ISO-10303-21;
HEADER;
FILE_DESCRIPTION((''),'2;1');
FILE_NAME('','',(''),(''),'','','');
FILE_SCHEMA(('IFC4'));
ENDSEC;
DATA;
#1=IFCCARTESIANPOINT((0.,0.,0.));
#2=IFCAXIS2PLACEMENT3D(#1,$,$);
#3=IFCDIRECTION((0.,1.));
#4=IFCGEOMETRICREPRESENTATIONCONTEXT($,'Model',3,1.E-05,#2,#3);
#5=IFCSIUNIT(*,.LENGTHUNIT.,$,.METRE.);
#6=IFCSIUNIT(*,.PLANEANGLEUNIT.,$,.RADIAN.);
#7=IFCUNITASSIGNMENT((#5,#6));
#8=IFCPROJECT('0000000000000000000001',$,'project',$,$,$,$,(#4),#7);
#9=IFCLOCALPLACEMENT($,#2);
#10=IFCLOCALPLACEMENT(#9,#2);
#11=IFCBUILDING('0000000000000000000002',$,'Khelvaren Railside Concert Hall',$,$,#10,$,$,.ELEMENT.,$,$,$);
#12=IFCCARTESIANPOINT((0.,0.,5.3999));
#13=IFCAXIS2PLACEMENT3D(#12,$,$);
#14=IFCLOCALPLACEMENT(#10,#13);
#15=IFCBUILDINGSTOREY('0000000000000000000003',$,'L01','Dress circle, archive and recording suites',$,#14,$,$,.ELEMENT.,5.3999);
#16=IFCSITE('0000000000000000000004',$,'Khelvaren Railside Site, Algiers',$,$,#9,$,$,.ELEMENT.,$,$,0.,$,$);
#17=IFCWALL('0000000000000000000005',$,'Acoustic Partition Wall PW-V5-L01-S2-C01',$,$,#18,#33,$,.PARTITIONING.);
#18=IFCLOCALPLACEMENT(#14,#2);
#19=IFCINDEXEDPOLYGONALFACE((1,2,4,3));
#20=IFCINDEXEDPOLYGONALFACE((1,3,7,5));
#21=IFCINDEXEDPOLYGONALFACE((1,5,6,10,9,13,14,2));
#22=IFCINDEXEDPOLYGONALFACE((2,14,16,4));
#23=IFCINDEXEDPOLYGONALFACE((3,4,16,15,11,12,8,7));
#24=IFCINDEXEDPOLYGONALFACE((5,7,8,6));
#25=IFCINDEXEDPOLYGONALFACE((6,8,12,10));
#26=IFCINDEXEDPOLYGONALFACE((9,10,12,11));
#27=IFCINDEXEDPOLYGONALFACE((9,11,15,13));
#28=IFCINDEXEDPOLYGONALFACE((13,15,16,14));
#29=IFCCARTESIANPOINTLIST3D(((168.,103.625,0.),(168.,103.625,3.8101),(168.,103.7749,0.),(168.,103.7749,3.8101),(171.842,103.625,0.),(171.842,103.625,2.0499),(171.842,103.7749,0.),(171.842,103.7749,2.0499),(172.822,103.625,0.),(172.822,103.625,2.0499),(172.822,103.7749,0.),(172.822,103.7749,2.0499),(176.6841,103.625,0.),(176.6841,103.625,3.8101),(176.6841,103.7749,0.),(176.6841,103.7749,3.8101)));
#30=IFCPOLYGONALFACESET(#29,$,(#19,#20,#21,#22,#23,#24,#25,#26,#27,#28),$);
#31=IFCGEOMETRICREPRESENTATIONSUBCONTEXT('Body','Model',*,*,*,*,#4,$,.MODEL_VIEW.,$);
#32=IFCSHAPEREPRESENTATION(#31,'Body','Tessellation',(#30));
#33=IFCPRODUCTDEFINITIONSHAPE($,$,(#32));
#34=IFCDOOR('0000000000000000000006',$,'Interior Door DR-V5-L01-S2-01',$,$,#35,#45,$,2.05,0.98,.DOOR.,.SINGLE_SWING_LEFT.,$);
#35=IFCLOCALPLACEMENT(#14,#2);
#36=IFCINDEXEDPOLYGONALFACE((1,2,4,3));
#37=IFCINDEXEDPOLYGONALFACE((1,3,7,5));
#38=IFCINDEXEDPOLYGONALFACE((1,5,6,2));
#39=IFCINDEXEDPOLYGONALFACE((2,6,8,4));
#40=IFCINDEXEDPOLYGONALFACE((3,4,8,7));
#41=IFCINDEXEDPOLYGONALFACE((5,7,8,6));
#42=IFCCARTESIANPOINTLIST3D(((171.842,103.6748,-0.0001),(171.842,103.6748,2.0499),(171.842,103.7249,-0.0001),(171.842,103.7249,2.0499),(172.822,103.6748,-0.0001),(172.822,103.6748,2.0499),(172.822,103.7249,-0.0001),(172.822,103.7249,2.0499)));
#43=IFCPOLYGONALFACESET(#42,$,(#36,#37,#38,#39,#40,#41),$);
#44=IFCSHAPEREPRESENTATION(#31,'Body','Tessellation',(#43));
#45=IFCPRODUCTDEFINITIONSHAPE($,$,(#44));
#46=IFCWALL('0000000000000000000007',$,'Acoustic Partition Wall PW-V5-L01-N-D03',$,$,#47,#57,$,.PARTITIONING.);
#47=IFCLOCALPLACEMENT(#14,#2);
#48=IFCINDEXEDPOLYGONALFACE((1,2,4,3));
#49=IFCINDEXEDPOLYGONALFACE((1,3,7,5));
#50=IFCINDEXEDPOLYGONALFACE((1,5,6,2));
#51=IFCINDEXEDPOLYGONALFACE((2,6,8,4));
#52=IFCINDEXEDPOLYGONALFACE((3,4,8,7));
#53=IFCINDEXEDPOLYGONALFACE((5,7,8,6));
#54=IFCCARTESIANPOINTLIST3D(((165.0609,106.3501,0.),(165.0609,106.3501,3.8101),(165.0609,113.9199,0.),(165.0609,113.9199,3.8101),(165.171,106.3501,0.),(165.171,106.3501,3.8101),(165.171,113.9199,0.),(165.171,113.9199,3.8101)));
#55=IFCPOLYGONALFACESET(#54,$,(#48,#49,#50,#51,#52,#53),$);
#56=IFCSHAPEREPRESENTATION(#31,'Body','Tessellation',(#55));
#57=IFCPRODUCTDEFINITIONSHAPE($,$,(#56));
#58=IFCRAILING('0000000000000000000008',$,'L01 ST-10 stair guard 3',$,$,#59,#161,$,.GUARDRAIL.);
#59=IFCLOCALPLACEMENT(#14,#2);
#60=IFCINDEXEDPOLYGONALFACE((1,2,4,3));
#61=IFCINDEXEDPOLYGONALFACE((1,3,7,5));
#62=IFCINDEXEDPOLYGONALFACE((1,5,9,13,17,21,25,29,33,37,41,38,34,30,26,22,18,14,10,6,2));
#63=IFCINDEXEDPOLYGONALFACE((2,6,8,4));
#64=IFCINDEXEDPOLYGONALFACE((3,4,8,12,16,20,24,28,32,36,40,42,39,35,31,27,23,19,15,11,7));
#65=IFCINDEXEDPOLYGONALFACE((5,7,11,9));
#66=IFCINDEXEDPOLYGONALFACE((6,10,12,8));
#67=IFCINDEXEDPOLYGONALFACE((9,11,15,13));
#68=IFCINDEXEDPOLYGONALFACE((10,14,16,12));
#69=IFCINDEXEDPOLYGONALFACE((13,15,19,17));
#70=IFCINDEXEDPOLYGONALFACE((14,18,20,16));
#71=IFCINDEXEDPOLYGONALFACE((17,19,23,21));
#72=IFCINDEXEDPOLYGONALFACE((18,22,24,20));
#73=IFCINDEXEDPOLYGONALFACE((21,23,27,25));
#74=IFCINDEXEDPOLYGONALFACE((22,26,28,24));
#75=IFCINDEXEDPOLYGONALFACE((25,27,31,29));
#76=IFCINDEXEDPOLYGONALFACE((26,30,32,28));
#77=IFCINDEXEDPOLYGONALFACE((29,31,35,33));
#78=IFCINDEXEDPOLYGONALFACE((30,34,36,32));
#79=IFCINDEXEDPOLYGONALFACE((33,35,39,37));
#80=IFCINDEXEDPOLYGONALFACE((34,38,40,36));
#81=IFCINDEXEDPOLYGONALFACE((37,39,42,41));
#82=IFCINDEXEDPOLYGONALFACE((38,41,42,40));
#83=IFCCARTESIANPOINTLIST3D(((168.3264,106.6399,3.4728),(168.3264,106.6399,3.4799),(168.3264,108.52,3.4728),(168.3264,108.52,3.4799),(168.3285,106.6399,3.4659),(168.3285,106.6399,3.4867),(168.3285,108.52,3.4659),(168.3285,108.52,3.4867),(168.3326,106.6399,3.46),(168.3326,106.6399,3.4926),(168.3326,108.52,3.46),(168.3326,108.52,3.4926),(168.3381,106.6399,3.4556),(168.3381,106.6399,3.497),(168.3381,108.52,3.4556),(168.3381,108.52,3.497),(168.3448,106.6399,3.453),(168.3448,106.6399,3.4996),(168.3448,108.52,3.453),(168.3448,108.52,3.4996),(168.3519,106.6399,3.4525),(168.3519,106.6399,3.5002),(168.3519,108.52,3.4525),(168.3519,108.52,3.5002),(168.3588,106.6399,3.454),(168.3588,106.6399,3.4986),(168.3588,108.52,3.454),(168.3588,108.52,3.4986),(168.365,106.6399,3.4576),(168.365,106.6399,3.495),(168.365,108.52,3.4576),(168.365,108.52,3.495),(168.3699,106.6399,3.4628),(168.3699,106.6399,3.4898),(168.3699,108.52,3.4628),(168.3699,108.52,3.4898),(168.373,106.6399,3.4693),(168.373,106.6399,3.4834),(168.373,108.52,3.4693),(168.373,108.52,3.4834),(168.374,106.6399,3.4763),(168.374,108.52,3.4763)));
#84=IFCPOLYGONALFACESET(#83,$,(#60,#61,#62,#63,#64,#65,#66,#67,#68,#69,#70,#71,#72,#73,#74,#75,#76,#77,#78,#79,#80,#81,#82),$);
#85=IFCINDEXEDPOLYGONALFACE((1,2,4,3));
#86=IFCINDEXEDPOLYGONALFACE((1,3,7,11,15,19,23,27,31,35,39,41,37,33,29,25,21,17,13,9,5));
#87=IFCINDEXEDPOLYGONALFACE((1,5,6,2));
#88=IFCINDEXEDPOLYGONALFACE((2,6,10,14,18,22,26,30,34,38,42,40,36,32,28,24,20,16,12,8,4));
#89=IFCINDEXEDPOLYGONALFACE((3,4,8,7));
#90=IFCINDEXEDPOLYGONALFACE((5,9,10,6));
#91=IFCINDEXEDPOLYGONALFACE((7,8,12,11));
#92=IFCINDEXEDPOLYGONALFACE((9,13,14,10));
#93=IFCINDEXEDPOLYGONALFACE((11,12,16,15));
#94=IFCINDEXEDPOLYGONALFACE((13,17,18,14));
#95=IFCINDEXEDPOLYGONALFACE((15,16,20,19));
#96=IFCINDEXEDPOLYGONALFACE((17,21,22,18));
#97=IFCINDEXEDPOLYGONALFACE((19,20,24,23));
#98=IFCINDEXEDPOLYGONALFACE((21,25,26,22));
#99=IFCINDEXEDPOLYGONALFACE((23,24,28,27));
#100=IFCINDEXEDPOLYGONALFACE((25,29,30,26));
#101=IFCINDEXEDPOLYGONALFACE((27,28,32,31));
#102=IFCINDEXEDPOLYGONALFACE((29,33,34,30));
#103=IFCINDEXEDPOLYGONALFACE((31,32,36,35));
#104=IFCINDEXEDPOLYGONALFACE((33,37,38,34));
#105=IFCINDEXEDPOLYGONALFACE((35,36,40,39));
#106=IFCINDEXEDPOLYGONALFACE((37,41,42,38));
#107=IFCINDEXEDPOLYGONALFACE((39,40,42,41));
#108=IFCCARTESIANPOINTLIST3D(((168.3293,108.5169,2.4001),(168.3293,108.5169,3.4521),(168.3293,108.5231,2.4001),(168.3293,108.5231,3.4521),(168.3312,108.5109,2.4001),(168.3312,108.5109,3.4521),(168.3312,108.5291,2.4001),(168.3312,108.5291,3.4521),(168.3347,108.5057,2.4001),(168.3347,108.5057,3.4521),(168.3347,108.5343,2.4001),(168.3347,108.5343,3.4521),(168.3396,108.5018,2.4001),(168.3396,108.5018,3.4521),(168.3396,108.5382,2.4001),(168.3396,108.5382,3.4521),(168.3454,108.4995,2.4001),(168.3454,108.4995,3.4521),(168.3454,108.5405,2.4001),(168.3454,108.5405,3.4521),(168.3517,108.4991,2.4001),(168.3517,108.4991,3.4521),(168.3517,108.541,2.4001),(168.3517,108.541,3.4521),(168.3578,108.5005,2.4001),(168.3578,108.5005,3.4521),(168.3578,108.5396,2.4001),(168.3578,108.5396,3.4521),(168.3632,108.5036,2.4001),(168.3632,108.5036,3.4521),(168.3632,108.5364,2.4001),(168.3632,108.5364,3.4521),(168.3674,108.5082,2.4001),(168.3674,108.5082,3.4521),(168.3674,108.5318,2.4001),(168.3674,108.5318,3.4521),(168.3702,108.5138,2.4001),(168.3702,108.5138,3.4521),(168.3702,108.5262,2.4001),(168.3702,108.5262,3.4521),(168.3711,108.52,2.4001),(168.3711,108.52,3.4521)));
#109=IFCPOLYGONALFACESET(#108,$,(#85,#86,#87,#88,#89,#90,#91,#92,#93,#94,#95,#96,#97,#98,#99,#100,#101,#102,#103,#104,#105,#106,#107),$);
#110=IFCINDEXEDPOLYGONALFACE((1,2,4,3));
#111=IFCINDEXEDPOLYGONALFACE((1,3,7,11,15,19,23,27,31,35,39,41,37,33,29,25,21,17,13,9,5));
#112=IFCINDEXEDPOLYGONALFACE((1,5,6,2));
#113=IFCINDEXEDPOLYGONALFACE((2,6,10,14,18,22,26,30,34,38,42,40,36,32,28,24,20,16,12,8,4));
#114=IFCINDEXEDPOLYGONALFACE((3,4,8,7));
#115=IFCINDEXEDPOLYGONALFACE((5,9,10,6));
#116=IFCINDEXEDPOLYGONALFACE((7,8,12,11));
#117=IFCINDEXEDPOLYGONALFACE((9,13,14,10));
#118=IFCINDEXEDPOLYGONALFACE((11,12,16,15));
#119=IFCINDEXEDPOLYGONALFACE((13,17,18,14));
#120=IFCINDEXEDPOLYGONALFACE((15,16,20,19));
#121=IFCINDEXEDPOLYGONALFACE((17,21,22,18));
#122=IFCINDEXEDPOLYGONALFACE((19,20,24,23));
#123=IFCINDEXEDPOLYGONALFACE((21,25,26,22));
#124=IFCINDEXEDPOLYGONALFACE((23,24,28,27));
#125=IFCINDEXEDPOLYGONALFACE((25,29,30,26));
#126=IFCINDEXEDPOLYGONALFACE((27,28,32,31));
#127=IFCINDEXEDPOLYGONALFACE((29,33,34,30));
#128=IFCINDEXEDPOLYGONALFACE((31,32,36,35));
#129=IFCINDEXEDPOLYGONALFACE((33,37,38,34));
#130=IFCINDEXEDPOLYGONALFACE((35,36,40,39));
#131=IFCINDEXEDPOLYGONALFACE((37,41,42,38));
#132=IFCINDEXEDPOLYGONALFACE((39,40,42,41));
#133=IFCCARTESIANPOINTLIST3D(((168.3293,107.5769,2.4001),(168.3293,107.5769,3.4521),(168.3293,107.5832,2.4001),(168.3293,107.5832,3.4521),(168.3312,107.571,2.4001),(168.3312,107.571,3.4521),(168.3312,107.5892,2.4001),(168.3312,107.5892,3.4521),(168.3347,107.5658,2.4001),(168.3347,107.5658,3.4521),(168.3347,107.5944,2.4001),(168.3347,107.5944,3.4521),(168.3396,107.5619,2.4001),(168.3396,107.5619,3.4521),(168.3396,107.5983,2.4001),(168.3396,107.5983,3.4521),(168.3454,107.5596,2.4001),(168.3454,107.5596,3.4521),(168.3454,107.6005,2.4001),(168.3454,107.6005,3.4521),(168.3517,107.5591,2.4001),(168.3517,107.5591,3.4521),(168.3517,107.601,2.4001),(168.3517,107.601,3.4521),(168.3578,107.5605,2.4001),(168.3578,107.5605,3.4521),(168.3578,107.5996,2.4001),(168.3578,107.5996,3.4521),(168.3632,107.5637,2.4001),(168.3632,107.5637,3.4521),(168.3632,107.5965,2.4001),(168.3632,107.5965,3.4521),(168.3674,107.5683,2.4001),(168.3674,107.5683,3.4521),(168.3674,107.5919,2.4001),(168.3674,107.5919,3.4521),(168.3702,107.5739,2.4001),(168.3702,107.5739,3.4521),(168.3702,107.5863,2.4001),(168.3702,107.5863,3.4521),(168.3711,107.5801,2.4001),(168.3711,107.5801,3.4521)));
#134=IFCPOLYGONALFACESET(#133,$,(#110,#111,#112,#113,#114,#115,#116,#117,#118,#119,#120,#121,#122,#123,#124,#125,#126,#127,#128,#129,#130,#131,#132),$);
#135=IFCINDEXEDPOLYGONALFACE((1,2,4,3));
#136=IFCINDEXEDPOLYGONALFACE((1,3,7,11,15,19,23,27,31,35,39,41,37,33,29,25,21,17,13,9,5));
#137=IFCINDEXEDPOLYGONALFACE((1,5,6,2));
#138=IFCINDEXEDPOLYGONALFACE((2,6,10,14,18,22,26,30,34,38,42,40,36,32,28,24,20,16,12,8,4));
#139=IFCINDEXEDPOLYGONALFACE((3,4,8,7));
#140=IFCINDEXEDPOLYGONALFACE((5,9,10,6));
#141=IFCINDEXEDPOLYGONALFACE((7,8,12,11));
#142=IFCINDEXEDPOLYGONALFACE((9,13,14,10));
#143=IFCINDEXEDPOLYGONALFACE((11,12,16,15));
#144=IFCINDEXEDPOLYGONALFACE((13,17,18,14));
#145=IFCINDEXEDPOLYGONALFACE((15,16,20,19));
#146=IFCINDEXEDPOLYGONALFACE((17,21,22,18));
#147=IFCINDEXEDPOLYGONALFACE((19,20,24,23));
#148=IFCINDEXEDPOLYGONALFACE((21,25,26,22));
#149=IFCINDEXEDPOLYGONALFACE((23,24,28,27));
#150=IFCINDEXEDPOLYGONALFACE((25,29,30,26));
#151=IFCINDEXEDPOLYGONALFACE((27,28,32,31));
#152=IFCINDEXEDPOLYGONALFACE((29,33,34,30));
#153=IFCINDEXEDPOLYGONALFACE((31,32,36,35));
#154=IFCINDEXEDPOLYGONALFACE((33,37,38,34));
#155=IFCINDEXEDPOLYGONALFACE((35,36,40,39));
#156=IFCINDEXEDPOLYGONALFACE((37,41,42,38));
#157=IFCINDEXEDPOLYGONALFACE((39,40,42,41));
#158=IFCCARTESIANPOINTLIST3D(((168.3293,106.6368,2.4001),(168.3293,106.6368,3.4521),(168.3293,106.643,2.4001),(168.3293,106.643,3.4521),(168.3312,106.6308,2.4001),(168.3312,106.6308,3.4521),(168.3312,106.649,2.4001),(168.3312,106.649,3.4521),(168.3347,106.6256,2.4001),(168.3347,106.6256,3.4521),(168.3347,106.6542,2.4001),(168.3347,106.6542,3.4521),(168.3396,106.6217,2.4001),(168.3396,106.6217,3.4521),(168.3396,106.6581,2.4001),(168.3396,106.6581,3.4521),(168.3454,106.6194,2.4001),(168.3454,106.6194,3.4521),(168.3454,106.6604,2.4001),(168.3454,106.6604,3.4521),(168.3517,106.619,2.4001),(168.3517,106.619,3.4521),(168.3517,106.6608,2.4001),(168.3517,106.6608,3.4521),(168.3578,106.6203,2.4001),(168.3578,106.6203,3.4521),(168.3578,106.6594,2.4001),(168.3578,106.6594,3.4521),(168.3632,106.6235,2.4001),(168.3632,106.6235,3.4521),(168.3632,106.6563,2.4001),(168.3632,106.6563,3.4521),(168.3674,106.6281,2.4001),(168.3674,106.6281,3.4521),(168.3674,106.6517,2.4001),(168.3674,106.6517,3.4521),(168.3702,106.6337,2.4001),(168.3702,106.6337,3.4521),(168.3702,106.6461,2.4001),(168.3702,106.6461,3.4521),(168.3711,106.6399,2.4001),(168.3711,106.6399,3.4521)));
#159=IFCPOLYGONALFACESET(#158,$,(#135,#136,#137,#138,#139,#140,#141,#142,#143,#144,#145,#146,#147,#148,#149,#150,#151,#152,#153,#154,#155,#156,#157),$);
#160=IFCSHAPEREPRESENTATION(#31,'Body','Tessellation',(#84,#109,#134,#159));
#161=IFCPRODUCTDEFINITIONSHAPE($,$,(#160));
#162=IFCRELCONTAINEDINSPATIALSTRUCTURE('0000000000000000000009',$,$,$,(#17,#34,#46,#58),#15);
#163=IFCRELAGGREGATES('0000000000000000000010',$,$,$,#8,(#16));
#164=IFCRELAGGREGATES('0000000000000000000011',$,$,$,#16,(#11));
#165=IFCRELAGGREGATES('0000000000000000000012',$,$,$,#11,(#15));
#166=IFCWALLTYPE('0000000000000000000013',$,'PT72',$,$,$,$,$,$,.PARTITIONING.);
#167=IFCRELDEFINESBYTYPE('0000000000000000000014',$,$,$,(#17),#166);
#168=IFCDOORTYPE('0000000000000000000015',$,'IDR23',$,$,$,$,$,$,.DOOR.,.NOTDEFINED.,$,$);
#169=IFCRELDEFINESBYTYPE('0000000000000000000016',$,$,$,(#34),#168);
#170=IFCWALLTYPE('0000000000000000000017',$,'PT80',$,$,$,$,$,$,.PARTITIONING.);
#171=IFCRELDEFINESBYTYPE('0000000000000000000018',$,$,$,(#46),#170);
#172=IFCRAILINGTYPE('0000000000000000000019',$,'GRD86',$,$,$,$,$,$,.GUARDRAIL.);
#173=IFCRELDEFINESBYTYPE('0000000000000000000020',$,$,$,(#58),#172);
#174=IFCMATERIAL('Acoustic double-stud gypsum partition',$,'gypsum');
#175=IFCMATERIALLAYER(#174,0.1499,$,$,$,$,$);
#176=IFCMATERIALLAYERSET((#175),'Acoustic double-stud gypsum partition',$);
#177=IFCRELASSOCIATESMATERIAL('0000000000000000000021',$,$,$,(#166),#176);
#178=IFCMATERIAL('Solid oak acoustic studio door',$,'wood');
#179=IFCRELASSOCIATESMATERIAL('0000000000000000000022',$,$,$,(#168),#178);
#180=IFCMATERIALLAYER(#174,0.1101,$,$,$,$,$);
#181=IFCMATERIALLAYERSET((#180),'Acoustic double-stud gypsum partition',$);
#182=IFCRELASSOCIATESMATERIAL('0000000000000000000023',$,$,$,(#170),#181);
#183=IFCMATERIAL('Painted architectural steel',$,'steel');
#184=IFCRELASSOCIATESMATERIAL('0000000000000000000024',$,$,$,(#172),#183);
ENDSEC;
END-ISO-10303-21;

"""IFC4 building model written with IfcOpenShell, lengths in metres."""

from ifc_helpers import new_model, si_unit, direction, frame, frame_2d, origin, origin_2d, place, context, subcontext, project, spatial, rectangle, circle, extrude, material, layer, layer_set, type_object, element, fill, save


model = new_model("IFC4")

# Units and contexts
model_context = context("Model", 3, precision=1e-05, world=origin(), true_north=direction((0.0, 1.0)))
body_context = subcontext(model_context, "Body", "Model", "MODEL_VIEW")
ifc_project = project(units=[si_unit("LENGTHUNIT", "METRE"), si_unit("PLANEANGLEUNIT", "RADIAN")], contexts=[model_context])

# Site, building, storey
site_placement = place(None, origin())
site = spatial("IfcSite", under=ifc_project, at=site_placement, Name="Khelvaren Railside Site, Algiers", CompositionType="ELEMENT", RefElevation=0.0)
building_placement = place(site_placement, origin())
building = spatial("IfcBuilding", under=site, at=building_placement, Name="Khelvaren Railside Concert Hall", CompositionType="ELEMENT")
storey_placement = place(building_placement, frame((0.0, 0.0, 5.3999)))
storey = spatial("IfcBuildingStorey", under=building, at=storey_placement, Name="L01", Description="Dress circle, archive and recording suites", CompositionType="ELEMENT", Elevation=5.3999)

# Shared definitions
ifc_material_1 = material(Name="Acoustic double-stud gypsum partition", Category="gypsum")

# Wall, opening, door
ifc_material_2 = material(Name="Solid oak acoustic studio door", Category="wood")
ifc_layer_1 = layer(ifc_material_1, 0.1499)
ifc_layer_set_1 = layer_set([ifc_layer_1], Name="Acoustic double-stud gypsum partition")
wall_type_1 = type_object("IfcWallType", Name="PT72", PredefinedType="PARTITIONING", material=ifc_layer_set_1)
wall_1_placement = place(storey_placement, frame((168.0, 103.7, 0.0), z_axis=(0.0, 0.0, 1.0), x_axis=(1.0, 0.0, 0.0)))
wall_1 = element("IfcWall", 1, at=wall_1_placement, inside=storey, type_object=wall_type_1, Name="Acoustic Partition Wall PW-V5-L01-S2-C01", PredefinedType="PARTITIONING", context=body_context, shape_type="SweptSolid", body=[
    extrude(rectangle(XDim=8.6841, YDim=0.1499, at=frame_2d((4.342, 0.0))), origin(), (0.0, 0.0, 1.0), 3.8101),
])
opening_1_placement = place(wall_1_placement, frame((3.842, 0.0, 0.0)))
opening_1 = element("IfcOpeningElement", 2, at=opening_1_placement, cuts=wall_1, PredefinedType="OPENING", context=body_context, shape_type="SweptSolid", body=[
    extrude(rectangle(XDim=0.98, YDim=2.05, at=frame_2d((0.49, 1.0249))), frame((0.0, 0.085, 0.0), z_axis=(0.0, -1.0, 0.0), x_axis=(1.0, 0.0, 0.0)), (0.0, 0.0, 1.0), 0.1699),
])
door_type_1 = type_object("IfcDoorType", Name="IDR23", OperationType="NOTDEFINED", PredefinedType="DOOR", material=ifc_material_2)
door_1_placement = place(opening_1_placement, origin())
door_1 = element("IfcDoor", 3, at=door_1_placement, inside=storey, type_object=door_type_1, Name="Interior Door DR-V5-L01-S2-01", OperationType="SINGLE_SWING_LEFT", OverallHeight=2.05, OverallWidth=0.98, PredefinedType="DOOR", context=body_context, shape_type="SweptSolid", body=[
    extrude(rectangle(XDim=0.98, YDim=2.05, at=frame_2d((0.49, 1.0249))), frame((0.0, 0.0249, 0.0), z_axis=(0.0, -1.0, 0.0), x_axis=(1.0, 0.0, 0.0)), (0.0, 0.0, 1.0), 0.05),
])
fill(opening_1, door_1)

# Wall
ifc_layer_2 = layer(ifc_material_1, 0.1101)
ifc_layer_set_2 = layer_set([ifc_layer_2], Name="Acoustic double-stud gypsum partition")
wall_type_2 = type_object("IfcWallType", Name="PT80", PredefinedType="PARTITIONING", material=ifc_layer_set_2)
wall_2_placement = place(storey_placement, frame((165.116, 106.3501, 0.0), z_axis=(0.0, 0.0, 1.0), x_axis=(0.0, 1.0, 0.0)))
element("IfcWall", 4, at=wall_2_placement, inside=storey, type_object=wall_type_2, Name="Acoustic Partition Wall PW-V5-L01-N-D03", PredefinedType="PARTITIONING", context=body_context, shape_type="SweptSolid", body=[
    extrude(rectangle(XDim=7.5698, YDim=0.1101, at=frame_2d((3.7849, 0.0))), origin(), (0.0, 0.0, 1.0), 3.8101),
])

# Railing
ifc_material_3 = material(Name="Painted architectural steel", Category="steel")
railing_type = type_object("IfcRailingType", Name="GRD86", PredefinedType="GUARDRAIL", material=ifc_material_3)
railing_1_placement = place(storey_placement, frame((168.3501, 108.52, 2.4001)))
element("IfcRailing", 5, at=railing_1_placement, inside=storey, type_object=railing_type, Name="L01 ST-10 stair guard 3", PredefinedType="GUARDRAIL", context=body_context, shape_type="SweptSolid", body=[
    extrude(circle(Radius=0.0239, at=origin_2d()), frame((0.0, 0.0, 1.0762), z_axis=(0.0, -1.0, 0.0), x_axis=(1.0, 0.0, 0.0)), (0.0, 0.0, 1.0), 1.8801),
    extrude(circle(Radius=0.021, at=origin_2d()), origin(), (0.0, 0.0, 1.0), 1.052),
    extrude(circle(Radius=0.021, at=origin_2d()), frame((0.0, -0.9399, 0.0)), (0.0, 0.0, 1.0), 1.052),
    extrude(circle(Radius=0.021, at=origin_2d()), frame((0.0, -1.8801, 0.0)), (0.0, 0.0, 1.0), 1.052),
])

save(model, "model.ifc")
